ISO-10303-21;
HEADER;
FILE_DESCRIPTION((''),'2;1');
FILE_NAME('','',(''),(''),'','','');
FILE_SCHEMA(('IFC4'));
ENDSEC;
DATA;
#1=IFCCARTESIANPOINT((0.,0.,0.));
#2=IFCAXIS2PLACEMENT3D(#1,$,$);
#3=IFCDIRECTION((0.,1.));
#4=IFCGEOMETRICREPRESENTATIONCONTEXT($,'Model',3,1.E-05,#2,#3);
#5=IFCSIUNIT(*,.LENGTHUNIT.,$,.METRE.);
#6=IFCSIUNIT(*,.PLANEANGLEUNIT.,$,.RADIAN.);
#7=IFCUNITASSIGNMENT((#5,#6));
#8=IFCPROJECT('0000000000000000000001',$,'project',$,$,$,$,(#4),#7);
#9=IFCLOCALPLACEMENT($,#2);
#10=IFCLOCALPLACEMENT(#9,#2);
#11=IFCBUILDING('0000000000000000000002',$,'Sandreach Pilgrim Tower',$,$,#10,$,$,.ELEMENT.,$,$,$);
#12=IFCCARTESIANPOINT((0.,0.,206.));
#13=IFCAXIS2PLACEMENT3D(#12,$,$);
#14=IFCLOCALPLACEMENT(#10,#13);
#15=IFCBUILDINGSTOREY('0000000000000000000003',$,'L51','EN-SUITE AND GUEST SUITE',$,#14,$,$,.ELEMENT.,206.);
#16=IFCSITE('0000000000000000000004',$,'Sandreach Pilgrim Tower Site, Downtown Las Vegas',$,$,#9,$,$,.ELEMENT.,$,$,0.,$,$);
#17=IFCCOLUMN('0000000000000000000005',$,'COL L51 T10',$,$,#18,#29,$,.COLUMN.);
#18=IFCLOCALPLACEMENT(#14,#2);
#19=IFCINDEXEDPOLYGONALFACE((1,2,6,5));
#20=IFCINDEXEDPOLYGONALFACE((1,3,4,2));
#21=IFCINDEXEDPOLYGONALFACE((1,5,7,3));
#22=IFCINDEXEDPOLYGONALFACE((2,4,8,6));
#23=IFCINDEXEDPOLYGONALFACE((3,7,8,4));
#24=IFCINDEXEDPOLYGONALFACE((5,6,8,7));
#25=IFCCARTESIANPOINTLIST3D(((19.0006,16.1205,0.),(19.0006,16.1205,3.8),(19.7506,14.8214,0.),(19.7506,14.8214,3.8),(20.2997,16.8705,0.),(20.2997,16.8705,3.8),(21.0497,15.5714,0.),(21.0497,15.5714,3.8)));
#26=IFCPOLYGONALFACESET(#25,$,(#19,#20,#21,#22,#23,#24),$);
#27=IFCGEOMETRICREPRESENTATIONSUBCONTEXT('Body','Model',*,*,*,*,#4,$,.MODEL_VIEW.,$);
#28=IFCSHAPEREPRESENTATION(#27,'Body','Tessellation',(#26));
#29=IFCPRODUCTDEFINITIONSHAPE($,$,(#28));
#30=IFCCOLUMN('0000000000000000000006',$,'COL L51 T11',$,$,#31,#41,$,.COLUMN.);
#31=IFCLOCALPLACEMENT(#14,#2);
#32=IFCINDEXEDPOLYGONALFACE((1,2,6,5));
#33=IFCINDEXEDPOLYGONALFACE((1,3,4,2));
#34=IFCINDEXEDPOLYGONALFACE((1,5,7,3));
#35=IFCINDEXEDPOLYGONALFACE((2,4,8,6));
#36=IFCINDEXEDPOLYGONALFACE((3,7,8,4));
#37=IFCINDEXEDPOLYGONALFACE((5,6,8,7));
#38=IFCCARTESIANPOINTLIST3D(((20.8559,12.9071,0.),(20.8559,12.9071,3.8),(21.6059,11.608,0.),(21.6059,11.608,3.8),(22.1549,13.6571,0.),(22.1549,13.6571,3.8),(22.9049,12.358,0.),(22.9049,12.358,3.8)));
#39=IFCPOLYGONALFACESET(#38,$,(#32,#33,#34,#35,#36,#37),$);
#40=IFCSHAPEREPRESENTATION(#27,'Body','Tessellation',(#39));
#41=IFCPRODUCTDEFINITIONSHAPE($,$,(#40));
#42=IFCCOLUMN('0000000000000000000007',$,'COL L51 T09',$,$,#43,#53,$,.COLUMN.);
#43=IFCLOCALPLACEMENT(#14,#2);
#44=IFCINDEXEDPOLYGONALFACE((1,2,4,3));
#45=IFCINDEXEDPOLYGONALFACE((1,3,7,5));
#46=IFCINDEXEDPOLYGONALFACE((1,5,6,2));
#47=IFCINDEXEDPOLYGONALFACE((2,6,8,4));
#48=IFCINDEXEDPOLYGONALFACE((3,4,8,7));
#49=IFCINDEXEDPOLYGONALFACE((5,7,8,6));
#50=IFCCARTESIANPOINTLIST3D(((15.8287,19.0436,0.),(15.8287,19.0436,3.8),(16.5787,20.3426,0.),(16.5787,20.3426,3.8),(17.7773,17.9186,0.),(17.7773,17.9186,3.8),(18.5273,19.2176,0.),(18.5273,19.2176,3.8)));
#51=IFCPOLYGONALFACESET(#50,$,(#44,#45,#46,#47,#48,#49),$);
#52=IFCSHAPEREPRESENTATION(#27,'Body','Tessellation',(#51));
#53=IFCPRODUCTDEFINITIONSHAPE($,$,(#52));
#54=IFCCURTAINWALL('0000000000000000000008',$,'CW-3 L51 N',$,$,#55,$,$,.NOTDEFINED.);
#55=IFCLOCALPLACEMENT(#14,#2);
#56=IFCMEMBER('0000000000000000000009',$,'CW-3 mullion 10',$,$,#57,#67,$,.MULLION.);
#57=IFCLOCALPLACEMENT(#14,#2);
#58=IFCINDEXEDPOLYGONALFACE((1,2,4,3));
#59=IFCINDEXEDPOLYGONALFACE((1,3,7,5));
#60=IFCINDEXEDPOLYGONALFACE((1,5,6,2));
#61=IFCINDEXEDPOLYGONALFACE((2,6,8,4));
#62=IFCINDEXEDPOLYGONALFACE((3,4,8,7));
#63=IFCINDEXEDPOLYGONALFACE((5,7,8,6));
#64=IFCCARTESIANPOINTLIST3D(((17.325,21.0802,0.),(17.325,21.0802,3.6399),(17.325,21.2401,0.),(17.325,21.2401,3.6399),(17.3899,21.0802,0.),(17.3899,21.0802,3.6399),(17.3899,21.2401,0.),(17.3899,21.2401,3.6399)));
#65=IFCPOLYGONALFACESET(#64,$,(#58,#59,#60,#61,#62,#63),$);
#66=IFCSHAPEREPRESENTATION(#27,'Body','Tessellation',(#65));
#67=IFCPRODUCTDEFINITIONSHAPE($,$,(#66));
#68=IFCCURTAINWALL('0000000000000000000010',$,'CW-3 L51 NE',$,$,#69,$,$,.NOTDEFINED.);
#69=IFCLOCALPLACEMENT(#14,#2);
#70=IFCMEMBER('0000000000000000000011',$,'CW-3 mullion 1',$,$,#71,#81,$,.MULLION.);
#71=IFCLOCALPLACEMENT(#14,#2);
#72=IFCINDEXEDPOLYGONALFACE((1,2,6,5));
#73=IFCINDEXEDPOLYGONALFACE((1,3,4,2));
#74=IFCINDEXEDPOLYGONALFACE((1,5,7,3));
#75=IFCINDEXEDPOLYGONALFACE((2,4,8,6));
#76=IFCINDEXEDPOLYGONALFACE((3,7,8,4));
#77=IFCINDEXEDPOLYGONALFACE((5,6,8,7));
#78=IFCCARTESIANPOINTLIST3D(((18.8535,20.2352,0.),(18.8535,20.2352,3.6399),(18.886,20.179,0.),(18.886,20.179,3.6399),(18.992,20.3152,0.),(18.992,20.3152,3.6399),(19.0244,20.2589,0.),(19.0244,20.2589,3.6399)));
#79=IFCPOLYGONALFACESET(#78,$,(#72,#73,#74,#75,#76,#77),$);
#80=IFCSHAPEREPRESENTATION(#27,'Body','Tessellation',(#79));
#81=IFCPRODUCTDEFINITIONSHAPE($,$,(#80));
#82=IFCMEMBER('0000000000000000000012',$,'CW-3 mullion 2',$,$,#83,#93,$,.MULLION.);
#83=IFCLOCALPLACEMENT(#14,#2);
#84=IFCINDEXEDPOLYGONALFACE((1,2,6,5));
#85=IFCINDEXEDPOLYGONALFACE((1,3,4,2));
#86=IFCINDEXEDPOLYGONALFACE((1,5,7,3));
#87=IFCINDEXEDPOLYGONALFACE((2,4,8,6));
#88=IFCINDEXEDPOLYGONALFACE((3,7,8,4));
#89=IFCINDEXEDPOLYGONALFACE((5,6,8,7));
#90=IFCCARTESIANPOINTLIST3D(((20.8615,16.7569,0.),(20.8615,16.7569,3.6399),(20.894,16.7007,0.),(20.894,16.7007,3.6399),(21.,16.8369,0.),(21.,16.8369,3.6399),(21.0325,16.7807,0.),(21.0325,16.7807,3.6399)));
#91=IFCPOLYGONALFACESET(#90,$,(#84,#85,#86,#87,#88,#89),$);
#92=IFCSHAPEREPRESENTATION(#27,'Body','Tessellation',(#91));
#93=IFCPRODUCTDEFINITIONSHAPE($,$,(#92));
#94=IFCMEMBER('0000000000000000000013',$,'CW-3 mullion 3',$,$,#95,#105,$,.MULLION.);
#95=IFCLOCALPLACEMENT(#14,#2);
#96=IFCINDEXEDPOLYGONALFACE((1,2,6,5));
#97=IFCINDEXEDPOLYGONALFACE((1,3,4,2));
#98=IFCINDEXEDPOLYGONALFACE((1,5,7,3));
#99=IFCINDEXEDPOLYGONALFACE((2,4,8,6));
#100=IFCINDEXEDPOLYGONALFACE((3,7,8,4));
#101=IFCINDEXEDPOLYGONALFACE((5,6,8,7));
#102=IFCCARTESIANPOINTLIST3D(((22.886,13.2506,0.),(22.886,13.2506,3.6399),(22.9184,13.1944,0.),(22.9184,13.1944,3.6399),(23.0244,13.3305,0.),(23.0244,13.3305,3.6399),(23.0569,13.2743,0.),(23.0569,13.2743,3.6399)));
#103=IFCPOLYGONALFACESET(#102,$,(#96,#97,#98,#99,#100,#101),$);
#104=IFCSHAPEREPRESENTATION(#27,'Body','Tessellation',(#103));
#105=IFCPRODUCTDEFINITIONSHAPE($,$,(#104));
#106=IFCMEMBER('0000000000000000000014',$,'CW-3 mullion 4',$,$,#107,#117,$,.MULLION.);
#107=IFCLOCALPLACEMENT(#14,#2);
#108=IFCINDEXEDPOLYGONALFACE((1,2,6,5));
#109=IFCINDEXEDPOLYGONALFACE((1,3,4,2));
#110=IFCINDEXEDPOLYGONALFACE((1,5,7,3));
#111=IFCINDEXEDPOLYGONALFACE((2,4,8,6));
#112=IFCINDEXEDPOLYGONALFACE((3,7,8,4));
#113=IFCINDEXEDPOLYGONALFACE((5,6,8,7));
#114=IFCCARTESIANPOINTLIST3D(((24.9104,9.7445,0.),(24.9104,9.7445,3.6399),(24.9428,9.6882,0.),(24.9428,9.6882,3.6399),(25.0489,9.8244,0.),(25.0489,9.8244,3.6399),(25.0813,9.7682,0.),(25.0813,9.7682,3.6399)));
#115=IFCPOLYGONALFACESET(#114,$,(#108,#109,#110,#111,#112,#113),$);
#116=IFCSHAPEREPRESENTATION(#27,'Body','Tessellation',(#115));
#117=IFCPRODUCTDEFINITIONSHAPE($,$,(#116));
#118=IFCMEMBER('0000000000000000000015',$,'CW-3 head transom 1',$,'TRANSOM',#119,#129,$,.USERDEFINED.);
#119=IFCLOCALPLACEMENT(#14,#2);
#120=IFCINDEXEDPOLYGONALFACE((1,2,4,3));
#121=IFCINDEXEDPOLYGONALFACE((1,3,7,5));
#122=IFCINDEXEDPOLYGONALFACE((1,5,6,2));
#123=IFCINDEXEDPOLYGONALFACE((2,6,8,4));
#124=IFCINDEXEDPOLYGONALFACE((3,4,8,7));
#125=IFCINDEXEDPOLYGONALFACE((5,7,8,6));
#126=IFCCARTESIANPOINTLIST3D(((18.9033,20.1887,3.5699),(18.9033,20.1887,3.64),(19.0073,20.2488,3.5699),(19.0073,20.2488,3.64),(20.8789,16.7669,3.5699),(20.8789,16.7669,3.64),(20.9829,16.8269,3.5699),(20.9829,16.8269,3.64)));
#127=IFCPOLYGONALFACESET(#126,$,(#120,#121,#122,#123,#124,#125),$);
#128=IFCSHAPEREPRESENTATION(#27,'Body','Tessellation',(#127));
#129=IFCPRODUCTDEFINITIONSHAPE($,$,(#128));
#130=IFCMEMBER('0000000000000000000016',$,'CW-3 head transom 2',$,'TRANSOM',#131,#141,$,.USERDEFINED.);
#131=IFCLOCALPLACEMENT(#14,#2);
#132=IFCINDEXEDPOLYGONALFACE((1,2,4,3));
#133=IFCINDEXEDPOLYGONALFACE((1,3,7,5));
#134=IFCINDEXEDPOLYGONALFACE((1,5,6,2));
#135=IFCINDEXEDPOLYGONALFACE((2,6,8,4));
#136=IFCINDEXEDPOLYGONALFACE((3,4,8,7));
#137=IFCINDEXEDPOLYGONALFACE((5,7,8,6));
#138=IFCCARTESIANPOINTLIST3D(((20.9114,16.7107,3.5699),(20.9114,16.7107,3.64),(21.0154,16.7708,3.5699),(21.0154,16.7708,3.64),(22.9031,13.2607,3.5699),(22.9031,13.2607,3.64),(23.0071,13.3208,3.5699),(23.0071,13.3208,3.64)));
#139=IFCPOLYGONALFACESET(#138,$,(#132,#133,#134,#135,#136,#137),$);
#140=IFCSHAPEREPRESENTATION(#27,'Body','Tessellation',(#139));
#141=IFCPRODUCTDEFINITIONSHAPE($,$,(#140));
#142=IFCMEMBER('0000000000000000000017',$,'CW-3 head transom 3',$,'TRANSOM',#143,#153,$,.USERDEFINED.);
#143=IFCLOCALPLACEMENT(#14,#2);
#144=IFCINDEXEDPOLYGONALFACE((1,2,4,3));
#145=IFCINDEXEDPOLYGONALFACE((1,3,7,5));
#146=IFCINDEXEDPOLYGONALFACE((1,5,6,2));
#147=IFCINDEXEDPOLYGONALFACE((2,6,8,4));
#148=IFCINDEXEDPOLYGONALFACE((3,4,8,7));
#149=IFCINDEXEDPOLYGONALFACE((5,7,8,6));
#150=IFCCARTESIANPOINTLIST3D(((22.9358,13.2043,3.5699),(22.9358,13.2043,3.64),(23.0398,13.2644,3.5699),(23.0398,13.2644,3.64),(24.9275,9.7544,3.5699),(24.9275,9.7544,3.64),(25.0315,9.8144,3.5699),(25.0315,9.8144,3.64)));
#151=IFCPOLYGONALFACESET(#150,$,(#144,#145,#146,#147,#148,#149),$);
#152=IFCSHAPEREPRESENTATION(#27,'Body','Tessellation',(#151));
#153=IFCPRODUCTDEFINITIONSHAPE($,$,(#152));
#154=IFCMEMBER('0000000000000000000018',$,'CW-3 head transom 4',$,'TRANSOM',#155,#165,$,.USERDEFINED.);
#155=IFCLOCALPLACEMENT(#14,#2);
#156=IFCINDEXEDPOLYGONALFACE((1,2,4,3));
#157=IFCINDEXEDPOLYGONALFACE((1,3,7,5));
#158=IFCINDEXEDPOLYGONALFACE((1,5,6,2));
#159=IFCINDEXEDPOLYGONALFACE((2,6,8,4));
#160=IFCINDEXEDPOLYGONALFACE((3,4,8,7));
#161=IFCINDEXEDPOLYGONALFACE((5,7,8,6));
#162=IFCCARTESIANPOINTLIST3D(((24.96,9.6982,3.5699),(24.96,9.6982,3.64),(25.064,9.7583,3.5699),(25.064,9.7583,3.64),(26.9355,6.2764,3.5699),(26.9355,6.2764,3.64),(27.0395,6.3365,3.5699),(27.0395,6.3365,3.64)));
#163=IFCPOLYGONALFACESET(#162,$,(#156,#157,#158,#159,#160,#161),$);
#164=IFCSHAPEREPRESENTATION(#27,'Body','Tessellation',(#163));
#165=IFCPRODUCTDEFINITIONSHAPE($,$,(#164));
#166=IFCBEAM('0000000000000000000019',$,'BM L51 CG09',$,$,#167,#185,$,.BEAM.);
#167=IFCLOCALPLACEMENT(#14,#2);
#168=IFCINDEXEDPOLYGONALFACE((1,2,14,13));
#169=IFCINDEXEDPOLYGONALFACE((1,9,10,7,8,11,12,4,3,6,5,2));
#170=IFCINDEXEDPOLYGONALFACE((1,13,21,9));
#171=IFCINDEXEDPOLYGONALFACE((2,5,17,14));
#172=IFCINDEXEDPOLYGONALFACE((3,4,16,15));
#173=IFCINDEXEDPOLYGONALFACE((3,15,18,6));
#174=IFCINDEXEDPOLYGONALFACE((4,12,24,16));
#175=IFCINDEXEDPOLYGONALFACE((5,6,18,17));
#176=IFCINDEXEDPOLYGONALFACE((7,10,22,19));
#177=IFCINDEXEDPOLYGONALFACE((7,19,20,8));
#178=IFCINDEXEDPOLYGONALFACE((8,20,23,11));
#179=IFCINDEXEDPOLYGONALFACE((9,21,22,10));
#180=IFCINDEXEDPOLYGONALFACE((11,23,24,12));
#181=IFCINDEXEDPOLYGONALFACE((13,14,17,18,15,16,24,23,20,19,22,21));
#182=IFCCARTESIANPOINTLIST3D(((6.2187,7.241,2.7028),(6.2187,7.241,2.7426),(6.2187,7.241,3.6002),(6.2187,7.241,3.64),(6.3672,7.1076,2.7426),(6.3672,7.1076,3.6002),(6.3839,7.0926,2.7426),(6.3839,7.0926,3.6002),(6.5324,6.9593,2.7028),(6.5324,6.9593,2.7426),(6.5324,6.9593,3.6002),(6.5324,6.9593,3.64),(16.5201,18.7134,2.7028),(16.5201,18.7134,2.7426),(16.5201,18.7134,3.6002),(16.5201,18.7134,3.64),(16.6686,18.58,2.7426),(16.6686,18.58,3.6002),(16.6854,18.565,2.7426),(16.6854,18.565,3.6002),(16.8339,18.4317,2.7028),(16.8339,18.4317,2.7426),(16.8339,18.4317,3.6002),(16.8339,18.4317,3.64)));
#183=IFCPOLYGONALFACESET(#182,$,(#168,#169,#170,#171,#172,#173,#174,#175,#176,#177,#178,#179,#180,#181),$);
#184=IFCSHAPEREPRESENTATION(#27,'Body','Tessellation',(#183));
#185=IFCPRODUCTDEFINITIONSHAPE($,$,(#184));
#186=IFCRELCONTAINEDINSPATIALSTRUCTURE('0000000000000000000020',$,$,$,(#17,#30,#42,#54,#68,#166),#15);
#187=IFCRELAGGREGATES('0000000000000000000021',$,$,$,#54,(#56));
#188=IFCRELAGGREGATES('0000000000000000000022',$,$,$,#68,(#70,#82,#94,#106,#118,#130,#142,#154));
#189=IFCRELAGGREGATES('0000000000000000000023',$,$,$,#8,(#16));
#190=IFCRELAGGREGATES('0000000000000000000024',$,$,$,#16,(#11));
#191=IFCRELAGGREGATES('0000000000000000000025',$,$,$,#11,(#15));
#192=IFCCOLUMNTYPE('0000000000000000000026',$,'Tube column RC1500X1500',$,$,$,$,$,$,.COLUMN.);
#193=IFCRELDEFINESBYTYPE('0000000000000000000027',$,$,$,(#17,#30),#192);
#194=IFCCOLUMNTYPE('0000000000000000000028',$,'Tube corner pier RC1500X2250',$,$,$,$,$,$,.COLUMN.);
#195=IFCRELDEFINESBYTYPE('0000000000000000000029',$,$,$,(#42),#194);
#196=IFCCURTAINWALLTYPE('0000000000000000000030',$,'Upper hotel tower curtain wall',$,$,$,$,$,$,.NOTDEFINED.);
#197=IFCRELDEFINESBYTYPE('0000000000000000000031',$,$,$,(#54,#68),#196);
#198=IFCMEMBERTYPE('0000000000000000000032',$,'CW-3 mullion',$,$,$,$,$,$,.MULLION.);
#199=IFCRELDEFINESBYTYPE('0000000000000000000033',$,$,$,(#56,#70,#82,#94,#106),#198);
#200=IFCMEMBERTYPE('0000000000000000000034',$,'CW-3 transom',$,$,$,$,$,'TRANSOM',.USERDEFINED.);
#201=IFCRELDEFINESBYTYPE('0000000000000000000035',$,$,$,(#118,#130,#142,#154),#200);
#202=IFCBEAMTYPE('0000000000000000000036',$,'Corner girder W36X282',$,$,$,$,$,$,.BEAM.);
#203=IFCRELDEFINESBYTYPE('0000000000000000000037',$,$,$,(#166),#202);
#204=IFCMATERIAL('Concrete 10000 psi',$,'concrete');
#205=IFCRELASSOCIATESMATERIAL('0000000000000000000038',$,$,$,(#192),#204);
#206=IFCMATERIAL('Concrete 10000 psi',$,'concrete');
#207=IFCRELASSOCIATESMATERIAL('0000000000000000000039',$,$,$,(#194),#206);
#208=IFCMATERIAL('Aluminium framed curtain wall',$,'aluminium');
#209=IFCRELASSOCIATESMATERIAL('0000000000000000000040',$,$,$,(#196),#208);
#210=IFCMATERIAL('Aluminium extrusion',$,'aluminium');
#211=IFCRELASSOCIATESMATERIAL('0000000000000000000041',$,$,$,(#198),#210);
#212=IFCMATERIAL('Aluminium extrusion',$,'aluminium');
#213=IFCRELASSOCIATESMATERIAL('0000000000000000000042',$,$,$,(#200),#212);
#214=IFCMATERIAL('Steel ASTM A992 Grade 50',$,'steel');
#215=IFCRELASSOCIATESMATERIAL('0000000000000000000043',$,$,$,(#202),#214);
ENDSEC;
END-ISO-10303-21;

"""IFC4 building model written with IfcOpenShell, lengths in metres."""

from ifc_helpers import new_model, si_unit, direction, frame, origin, origin_2d, place, context, subcontext, project, spatial, rectangle, i_section, extrude, material, material_profile, profile_set, type_object, element, aggregate, save


model = new_model("IFC4")

# Units and contexts
model_context = context("Model", 3, precision=1e-05, world=origin(), true_north=direction((0.0, 1.0)))
body_context = subcontext(model_context, "Body", "Model", "MODEL_VIEW")
ifc_project = project(units=[si_unit("LENGTHUNIT", "METRE"), si_unit("PLANEANGLEUNIT", "RADIAN")], contexts=[model_context])

# Site, building, storey
site_placement = place(None, origin())
site = spatial("IfcSite", under=ifc_project, at=site_placement, Name="Sandreach Pilgrim Tower Site, Downtown Las Vegas", CompositionType="ELEMENT", RefElevation=0.0)
building_placement = place(site_placement, origin())
building = spatial("IfcBuilding", under=site, at=building_placement, Name="Sandreach Pilgrim Tower", CompositionType="ELEMENT")
storey_placement = place(building_placement, frame((0.0, 0.0, 206.0)))
storey = spatial("IfcBuildingStorey", under=building, at=storey_placement, Name="L51", Description="EN-SUITE AND GUEST SUITE", CompositionType="ELEMENT", Elevation=206.0)

# Columns
ifc_material_1 = material(Name="Concrete 10000 psi", Category="concrete")
ifc_material_profile_1 = material_profile(ifc_material_1, rectangle(XDim=1.5, YDim=1.5, at=origin_2d()), Name="RC1500X1500")
ifc_profile_set_1 = profile_set([ifc_material_profile_1], Name="Concrete 10000 psi")
column_type_1 = type_object("IfcColumnType", Name="Tube column RC1500X1500", PredefinedType="COLUMN", material=ifc_profile_set_1)
for number, where, z_axis, x_axis, name in (
    (1, (20.0251, 15.8459, 0.0), (0.0, 0.0, 1.0), (0.866025, 0.5, 0.0), "COL L51 T10"),
    (2, (21.8804, 12.6326, 0.0), (0.0, 0.0, 1.0), (0.866025, 0.5, 0.0), "COL L51 T11"),
):
    element("IfcColumn", number, at=place(storey_placement, frame(where, z_axis=z_axis, x_axis=x_axis)), inside=storey, type_object=column_type_1, Name=name, PredefinedType="COLUMN", context=body_context, shape_type="SweptSolid", body=[
        extrude(rectangle(XDim=1.5, YDim=1.5, at=origin_2d()), origin(), (0.0, 0.0, 1.0), 3.8),
    ])
ifc_material_2 = material(Name="Concrete 10000 psi", Category="concrete")
ifc_material_profile_2 = material_profile(ifc_material_2, rectangle(XDim=1.5, YDim=2.25, at=origin_2d()), Name="RC1500X2250")
ifc_profile_set_2 = profile_set([ifc_material_profile_2], Name="Concrete 10000 psi")
column_type_2 = type_object("IfcColumnType", Name="Tube corner pier RC1500X2250", PredefinedType="COLUMN", material=ifc_profile_set_2)
column_placement = place(storey_placement, frame((17.178, 19.1306, 0.0), z_axis=(0.0, 0.0, 1.0), x_axis=(0.5, 0.866025, 0.0)))
element("IfcColumn", 3, at=column_placement, inside=storey, type_object=column_type_2, Name="COL L51 T09", PredefinedType="COLUMN", context=body_context, shape_type="SweptSolid", body=[
    extrude(rectangle(XDim=1.5, YDim=2.25, at=origin_2d()), origin(), (0.0, 0.0, 1.0), 3.8),
])

# Curtain wall, member
ifc_material_3 = material(Name="Aluminium framed curtain wall", Category="aluminium")
curtain_wall_type = type_object("IfcCurtainWallType", Name="Upper hotel tower curtain wall", PredefinedType="NOTDEFINED", material=ifc_material_3)
curtain_wall_1_placement = place(storey_placement, origin())
curtain_wall_1 = element("IfcCurtainWall", 4, at=curtain_wall_1_placement, inside=storey, type_object=curtain_wall_type, Name="CW-3 L51 N", PredefinedType="NOTDEFINED")
ifc_material_4 = material(Name="Aluminium extrusion", Category="aluminium")
ifc_material_profile_3 = material_profile(ifc_material_4, rectangle(XDim=0.0649, YDim=0.1599, at=origin_2d()), Name="CW-3M 65X160")
ifc_profile_set_3 = profile_set([ifc_material_profile_3], Name="Aluminium extrusion")
member_type_1 = type_object("IfcMemberType", Name="CW-3 mullion", PredefinedType="MULLION", material=ifc_profile_set_3)
member_1_placement = place(storey_placement, frame((17.3574, 21.1602, 0.0), z_axis=(0.0, 0.0, 1.0), x_axis=(1.0, 0.0, 0.0)))
member_1 = element("IfcMember", 5, at=member_1_placement, type_object=member_type_1, Name="CW-3 mullion 10", PredefinedType="MULLION", context=body_context, shape_type="SweptSolid", body=[
    extrude(rectangle(XDim=0.0649, YDim=0.1599, at=origin_2d()), origin(), (0.0, 0.0, 1.0), 3.6399),
])

# Curtain wall, members
curtain_wall_2_placement = place(storey_placement, origin())
curtain_wall_2 = element("IfcCurtainWall", 6, at=curtain_wall_2_placement, inside=storey, type_object=curtain_wall_type, Name="CW-3 L51 NE", PredefinedType="NOTDEFINED")
member_2_placement = place(storey_placement, frame((18.939, 20.2471, 0.0), z_axis=(0.0, 0.0, 1.0), x_axis=(0.5, -0.866025, 0.0)))
member_2 = element("IfcMember", 7, at=member_2_placement, type_object=member_type_1, Name="CW-3 mullion 1", PredefinedType="MULLION", context=body_context, shape_type="SweptSolid", body=[
    extrude(rectangle(XDim=0.0649, YDim=0.1599, at=origin_2d()), origin(), (0.0, 0.0, 1.0), 3.6399),
])
member_3_placement = place(storey_placement, frame((20.947, 16.7688, 0.0), z_axis=(0.0, 0.0, 1.0), x_axis=(0.5, -0.866025, 0.0)))
member_3 = element("IfcMember", 8, at=member_3_placement, type_object=member_type_1, Name="CW-3 mullion 2", PredefinedType="MULLION", context=body_context, shape_type="SweptSolid", body=[
    extrude(rectangle(XDim=0.0649, YDim=0.1599, at=origin_2d()), origin(), (0.0, 0.0, 1.0), 3.6399),
])
member_4_placement = place(storey_placement, frame((22.9714, 13.2625, 0.0), z_axis=(0.0, 0.0, 1.0), x_axis=(0.5, -0.866025, 0.0)))
member_4 = element("IfcMember", 9, at=member_4_placement, type_object=member_type_1, Name="CW-3 mullion 3", PredefinedType="MULLION", context=body_context, shape_type="SweptSolid", body=[
    extrude(rectangle(XDim=0.0649, YDim=0.1599, at=origin_2d()), origin(), (0.0, 0.0, 1.0), 3.6399),
])
member_5_placement = place(storey_placement, frame((24.9958, 9.7563, 0.0), z_axis=(0.0, 0.0, 1.0), x_axis=(0.5, -0.866025, 0.0)))
member_5 = element("IfcMember", 10, at=member_5_placement, type_object=member_type_1, Name="CW-3 mullion 4", PredefinedType="MULLION", context=body_context, shape_type="SweptSolid", body=[
    extrude(rectangle(XDim=0.0649, YDim=0.1599, at=origin_2d()), origin(), (0.0, 0.0, 1.0), 3.6399),
])
ifc_material_5 = material(Name="Aluminium extrusion", Category="aluminium")
ifc_material_profile_4 = material_profile(ifc_material_5, rectangle(XDim=0.1201, YDim=0.0701, at=origin_2d()), Name="CW-3T 120X70")
ifc_profile_set_4 = profile_set([ifc_material_profile_4], Name="Aluminium extrusion")
member_type_2 = type_object("IfcMemberType", Name="CW-3 transom", ElementType="TRANSOM", PredefinedType="USERDEFINED", material=ifc_profile_set_4)
member_6_placement = place(storey_placement, frame((18.9553, 20.2188, 3.605), z_axis=(0.499993, -0.866029, 0.0), x_axis=(0.866029, 0.499993, 0.0)))
member_6 = element("IfcMember", 11, at=member_6_placement, type_object=member_type_2, Name="CW-3 head transom 1", ObjectType="TRANSOM", PredefinedType="USERDEFINED", context=body_context, shape_type="SweptSolid", body=[
    extrude(rectangle(XDim=0.1201, YDim=0.0701, at=origin_2d()), origin(), (0.0, 0.0, 1.0), 3.9512),
])
member_7_placement = place(storey_placement, frame((20.9634, 16.7407, 3.605), z_axis=(0.499975, -0.86604, 0.0), x_axis=(0.86604, 0.499975, 0.0)))
member_7 = element("IfcMember", 12, at=member_7_placement, type_object=member_type_2, Name="CW-3 head transom 2", ObjectType="TRANSOM", PredefinedType="USERDEFINED", context=body_context, shape_type="SweptSolid", body=[
    extrude(rectangle(XDim=0.1201, YDim=0.0701, at=origin_2d()), origin(), (0.0, 0.0, 1.0), 3.9836),
])
member_8_placement = place(storey_placement, frame((22.9878, 13.2344, 3.605), z_axis=(0.499975, -0.86604, 0.0), x_axis=(0.86604, 0.499975, 0.0)))
member_8 = element("IfcMember", 13, at=member_8_placement, type_object=member_type_2, Name="CW-3 head transom 3", ObjectType="TRANSOM", PredefinedType="USERDEFINED", context=body_context, shape_type="SweptSolid", body=[
    extrude(rectangle(XDim=0.1201, YDim=0.0701, at=origin_2d()), origin(), (0.0, 0.0, 1.0), 3.9836),
])
member_9_placement = place(storey_placement, frame((25.012, 9.7283, 3.605), z_axis=(0.499993, -0.866029, 0.0), x_axis=(0.866029, 0.499993, 0.0)))
member_9 = element("IfcMember", 14, at=member_9_placement, type_object=member_type_2, Name="CW-3 head transom 4", ObjectType="TRANSOM", PredefinedType="USERDEFINED", context=body_context, shape_type="SweptSolid", body=[
    extrude(rectangle(XDim=0.1201, YDim=0.0701, at=origin_2d()), origin(), (0.0, 0.0, 1.0), 3.9512),
])

# Beam
ifc_material_6 = material(Name="Steel ASTM A992 Grade 50", Category="steel")
ifc_material_profile_5 = material_profile(ifc_material_6, i_section(OverallWidth=0.4216, OverallDepth=0.9373, WebThickness=0.0225, FlangeThickness=0.0398, at=origin_2d()), Name="W36X282")
ifc_profile_set_5 = profile_set([ifc_material_profile_5], Name="Steel ASTM A992 Grade 50")
beam_type_1 = type_object("IfcBeamType", Name="Corner girder W36X282", PredefinedType="BEAM", material=ifc_profile_set_5)
beam_1_placement = place(storey_placement, frame((16.677, 18.5725, 3.1714), z_axis=(-0.668117, -0.744057, 0.0), x_axis=(0.744057, -0.668117, 0.0)))
element("IfcBeam", 15, at=beam_1_placement, inside=storey, type_object=beam_type_1, Name="BM L51 CG09", PredefinedType="BEAM", context=body_context, shape_type="SweptSolid", body=[
    extrude(i_section(OverallWidth=0.4216, OverallDepth=0.9373, WebThickness=0.0225, FlangeThickness=0.0398, at=origin_2d()), origin(), (0.0, 0.0, 1.0), 15.4187),
])

aggregate(curtain_wall_1, [member_1])
aggregate(curtain_wall_2, [member_2, member_3, member_4, member_5, member_6, member_7, member_8, member_9])

save(model, "model.ifc")
